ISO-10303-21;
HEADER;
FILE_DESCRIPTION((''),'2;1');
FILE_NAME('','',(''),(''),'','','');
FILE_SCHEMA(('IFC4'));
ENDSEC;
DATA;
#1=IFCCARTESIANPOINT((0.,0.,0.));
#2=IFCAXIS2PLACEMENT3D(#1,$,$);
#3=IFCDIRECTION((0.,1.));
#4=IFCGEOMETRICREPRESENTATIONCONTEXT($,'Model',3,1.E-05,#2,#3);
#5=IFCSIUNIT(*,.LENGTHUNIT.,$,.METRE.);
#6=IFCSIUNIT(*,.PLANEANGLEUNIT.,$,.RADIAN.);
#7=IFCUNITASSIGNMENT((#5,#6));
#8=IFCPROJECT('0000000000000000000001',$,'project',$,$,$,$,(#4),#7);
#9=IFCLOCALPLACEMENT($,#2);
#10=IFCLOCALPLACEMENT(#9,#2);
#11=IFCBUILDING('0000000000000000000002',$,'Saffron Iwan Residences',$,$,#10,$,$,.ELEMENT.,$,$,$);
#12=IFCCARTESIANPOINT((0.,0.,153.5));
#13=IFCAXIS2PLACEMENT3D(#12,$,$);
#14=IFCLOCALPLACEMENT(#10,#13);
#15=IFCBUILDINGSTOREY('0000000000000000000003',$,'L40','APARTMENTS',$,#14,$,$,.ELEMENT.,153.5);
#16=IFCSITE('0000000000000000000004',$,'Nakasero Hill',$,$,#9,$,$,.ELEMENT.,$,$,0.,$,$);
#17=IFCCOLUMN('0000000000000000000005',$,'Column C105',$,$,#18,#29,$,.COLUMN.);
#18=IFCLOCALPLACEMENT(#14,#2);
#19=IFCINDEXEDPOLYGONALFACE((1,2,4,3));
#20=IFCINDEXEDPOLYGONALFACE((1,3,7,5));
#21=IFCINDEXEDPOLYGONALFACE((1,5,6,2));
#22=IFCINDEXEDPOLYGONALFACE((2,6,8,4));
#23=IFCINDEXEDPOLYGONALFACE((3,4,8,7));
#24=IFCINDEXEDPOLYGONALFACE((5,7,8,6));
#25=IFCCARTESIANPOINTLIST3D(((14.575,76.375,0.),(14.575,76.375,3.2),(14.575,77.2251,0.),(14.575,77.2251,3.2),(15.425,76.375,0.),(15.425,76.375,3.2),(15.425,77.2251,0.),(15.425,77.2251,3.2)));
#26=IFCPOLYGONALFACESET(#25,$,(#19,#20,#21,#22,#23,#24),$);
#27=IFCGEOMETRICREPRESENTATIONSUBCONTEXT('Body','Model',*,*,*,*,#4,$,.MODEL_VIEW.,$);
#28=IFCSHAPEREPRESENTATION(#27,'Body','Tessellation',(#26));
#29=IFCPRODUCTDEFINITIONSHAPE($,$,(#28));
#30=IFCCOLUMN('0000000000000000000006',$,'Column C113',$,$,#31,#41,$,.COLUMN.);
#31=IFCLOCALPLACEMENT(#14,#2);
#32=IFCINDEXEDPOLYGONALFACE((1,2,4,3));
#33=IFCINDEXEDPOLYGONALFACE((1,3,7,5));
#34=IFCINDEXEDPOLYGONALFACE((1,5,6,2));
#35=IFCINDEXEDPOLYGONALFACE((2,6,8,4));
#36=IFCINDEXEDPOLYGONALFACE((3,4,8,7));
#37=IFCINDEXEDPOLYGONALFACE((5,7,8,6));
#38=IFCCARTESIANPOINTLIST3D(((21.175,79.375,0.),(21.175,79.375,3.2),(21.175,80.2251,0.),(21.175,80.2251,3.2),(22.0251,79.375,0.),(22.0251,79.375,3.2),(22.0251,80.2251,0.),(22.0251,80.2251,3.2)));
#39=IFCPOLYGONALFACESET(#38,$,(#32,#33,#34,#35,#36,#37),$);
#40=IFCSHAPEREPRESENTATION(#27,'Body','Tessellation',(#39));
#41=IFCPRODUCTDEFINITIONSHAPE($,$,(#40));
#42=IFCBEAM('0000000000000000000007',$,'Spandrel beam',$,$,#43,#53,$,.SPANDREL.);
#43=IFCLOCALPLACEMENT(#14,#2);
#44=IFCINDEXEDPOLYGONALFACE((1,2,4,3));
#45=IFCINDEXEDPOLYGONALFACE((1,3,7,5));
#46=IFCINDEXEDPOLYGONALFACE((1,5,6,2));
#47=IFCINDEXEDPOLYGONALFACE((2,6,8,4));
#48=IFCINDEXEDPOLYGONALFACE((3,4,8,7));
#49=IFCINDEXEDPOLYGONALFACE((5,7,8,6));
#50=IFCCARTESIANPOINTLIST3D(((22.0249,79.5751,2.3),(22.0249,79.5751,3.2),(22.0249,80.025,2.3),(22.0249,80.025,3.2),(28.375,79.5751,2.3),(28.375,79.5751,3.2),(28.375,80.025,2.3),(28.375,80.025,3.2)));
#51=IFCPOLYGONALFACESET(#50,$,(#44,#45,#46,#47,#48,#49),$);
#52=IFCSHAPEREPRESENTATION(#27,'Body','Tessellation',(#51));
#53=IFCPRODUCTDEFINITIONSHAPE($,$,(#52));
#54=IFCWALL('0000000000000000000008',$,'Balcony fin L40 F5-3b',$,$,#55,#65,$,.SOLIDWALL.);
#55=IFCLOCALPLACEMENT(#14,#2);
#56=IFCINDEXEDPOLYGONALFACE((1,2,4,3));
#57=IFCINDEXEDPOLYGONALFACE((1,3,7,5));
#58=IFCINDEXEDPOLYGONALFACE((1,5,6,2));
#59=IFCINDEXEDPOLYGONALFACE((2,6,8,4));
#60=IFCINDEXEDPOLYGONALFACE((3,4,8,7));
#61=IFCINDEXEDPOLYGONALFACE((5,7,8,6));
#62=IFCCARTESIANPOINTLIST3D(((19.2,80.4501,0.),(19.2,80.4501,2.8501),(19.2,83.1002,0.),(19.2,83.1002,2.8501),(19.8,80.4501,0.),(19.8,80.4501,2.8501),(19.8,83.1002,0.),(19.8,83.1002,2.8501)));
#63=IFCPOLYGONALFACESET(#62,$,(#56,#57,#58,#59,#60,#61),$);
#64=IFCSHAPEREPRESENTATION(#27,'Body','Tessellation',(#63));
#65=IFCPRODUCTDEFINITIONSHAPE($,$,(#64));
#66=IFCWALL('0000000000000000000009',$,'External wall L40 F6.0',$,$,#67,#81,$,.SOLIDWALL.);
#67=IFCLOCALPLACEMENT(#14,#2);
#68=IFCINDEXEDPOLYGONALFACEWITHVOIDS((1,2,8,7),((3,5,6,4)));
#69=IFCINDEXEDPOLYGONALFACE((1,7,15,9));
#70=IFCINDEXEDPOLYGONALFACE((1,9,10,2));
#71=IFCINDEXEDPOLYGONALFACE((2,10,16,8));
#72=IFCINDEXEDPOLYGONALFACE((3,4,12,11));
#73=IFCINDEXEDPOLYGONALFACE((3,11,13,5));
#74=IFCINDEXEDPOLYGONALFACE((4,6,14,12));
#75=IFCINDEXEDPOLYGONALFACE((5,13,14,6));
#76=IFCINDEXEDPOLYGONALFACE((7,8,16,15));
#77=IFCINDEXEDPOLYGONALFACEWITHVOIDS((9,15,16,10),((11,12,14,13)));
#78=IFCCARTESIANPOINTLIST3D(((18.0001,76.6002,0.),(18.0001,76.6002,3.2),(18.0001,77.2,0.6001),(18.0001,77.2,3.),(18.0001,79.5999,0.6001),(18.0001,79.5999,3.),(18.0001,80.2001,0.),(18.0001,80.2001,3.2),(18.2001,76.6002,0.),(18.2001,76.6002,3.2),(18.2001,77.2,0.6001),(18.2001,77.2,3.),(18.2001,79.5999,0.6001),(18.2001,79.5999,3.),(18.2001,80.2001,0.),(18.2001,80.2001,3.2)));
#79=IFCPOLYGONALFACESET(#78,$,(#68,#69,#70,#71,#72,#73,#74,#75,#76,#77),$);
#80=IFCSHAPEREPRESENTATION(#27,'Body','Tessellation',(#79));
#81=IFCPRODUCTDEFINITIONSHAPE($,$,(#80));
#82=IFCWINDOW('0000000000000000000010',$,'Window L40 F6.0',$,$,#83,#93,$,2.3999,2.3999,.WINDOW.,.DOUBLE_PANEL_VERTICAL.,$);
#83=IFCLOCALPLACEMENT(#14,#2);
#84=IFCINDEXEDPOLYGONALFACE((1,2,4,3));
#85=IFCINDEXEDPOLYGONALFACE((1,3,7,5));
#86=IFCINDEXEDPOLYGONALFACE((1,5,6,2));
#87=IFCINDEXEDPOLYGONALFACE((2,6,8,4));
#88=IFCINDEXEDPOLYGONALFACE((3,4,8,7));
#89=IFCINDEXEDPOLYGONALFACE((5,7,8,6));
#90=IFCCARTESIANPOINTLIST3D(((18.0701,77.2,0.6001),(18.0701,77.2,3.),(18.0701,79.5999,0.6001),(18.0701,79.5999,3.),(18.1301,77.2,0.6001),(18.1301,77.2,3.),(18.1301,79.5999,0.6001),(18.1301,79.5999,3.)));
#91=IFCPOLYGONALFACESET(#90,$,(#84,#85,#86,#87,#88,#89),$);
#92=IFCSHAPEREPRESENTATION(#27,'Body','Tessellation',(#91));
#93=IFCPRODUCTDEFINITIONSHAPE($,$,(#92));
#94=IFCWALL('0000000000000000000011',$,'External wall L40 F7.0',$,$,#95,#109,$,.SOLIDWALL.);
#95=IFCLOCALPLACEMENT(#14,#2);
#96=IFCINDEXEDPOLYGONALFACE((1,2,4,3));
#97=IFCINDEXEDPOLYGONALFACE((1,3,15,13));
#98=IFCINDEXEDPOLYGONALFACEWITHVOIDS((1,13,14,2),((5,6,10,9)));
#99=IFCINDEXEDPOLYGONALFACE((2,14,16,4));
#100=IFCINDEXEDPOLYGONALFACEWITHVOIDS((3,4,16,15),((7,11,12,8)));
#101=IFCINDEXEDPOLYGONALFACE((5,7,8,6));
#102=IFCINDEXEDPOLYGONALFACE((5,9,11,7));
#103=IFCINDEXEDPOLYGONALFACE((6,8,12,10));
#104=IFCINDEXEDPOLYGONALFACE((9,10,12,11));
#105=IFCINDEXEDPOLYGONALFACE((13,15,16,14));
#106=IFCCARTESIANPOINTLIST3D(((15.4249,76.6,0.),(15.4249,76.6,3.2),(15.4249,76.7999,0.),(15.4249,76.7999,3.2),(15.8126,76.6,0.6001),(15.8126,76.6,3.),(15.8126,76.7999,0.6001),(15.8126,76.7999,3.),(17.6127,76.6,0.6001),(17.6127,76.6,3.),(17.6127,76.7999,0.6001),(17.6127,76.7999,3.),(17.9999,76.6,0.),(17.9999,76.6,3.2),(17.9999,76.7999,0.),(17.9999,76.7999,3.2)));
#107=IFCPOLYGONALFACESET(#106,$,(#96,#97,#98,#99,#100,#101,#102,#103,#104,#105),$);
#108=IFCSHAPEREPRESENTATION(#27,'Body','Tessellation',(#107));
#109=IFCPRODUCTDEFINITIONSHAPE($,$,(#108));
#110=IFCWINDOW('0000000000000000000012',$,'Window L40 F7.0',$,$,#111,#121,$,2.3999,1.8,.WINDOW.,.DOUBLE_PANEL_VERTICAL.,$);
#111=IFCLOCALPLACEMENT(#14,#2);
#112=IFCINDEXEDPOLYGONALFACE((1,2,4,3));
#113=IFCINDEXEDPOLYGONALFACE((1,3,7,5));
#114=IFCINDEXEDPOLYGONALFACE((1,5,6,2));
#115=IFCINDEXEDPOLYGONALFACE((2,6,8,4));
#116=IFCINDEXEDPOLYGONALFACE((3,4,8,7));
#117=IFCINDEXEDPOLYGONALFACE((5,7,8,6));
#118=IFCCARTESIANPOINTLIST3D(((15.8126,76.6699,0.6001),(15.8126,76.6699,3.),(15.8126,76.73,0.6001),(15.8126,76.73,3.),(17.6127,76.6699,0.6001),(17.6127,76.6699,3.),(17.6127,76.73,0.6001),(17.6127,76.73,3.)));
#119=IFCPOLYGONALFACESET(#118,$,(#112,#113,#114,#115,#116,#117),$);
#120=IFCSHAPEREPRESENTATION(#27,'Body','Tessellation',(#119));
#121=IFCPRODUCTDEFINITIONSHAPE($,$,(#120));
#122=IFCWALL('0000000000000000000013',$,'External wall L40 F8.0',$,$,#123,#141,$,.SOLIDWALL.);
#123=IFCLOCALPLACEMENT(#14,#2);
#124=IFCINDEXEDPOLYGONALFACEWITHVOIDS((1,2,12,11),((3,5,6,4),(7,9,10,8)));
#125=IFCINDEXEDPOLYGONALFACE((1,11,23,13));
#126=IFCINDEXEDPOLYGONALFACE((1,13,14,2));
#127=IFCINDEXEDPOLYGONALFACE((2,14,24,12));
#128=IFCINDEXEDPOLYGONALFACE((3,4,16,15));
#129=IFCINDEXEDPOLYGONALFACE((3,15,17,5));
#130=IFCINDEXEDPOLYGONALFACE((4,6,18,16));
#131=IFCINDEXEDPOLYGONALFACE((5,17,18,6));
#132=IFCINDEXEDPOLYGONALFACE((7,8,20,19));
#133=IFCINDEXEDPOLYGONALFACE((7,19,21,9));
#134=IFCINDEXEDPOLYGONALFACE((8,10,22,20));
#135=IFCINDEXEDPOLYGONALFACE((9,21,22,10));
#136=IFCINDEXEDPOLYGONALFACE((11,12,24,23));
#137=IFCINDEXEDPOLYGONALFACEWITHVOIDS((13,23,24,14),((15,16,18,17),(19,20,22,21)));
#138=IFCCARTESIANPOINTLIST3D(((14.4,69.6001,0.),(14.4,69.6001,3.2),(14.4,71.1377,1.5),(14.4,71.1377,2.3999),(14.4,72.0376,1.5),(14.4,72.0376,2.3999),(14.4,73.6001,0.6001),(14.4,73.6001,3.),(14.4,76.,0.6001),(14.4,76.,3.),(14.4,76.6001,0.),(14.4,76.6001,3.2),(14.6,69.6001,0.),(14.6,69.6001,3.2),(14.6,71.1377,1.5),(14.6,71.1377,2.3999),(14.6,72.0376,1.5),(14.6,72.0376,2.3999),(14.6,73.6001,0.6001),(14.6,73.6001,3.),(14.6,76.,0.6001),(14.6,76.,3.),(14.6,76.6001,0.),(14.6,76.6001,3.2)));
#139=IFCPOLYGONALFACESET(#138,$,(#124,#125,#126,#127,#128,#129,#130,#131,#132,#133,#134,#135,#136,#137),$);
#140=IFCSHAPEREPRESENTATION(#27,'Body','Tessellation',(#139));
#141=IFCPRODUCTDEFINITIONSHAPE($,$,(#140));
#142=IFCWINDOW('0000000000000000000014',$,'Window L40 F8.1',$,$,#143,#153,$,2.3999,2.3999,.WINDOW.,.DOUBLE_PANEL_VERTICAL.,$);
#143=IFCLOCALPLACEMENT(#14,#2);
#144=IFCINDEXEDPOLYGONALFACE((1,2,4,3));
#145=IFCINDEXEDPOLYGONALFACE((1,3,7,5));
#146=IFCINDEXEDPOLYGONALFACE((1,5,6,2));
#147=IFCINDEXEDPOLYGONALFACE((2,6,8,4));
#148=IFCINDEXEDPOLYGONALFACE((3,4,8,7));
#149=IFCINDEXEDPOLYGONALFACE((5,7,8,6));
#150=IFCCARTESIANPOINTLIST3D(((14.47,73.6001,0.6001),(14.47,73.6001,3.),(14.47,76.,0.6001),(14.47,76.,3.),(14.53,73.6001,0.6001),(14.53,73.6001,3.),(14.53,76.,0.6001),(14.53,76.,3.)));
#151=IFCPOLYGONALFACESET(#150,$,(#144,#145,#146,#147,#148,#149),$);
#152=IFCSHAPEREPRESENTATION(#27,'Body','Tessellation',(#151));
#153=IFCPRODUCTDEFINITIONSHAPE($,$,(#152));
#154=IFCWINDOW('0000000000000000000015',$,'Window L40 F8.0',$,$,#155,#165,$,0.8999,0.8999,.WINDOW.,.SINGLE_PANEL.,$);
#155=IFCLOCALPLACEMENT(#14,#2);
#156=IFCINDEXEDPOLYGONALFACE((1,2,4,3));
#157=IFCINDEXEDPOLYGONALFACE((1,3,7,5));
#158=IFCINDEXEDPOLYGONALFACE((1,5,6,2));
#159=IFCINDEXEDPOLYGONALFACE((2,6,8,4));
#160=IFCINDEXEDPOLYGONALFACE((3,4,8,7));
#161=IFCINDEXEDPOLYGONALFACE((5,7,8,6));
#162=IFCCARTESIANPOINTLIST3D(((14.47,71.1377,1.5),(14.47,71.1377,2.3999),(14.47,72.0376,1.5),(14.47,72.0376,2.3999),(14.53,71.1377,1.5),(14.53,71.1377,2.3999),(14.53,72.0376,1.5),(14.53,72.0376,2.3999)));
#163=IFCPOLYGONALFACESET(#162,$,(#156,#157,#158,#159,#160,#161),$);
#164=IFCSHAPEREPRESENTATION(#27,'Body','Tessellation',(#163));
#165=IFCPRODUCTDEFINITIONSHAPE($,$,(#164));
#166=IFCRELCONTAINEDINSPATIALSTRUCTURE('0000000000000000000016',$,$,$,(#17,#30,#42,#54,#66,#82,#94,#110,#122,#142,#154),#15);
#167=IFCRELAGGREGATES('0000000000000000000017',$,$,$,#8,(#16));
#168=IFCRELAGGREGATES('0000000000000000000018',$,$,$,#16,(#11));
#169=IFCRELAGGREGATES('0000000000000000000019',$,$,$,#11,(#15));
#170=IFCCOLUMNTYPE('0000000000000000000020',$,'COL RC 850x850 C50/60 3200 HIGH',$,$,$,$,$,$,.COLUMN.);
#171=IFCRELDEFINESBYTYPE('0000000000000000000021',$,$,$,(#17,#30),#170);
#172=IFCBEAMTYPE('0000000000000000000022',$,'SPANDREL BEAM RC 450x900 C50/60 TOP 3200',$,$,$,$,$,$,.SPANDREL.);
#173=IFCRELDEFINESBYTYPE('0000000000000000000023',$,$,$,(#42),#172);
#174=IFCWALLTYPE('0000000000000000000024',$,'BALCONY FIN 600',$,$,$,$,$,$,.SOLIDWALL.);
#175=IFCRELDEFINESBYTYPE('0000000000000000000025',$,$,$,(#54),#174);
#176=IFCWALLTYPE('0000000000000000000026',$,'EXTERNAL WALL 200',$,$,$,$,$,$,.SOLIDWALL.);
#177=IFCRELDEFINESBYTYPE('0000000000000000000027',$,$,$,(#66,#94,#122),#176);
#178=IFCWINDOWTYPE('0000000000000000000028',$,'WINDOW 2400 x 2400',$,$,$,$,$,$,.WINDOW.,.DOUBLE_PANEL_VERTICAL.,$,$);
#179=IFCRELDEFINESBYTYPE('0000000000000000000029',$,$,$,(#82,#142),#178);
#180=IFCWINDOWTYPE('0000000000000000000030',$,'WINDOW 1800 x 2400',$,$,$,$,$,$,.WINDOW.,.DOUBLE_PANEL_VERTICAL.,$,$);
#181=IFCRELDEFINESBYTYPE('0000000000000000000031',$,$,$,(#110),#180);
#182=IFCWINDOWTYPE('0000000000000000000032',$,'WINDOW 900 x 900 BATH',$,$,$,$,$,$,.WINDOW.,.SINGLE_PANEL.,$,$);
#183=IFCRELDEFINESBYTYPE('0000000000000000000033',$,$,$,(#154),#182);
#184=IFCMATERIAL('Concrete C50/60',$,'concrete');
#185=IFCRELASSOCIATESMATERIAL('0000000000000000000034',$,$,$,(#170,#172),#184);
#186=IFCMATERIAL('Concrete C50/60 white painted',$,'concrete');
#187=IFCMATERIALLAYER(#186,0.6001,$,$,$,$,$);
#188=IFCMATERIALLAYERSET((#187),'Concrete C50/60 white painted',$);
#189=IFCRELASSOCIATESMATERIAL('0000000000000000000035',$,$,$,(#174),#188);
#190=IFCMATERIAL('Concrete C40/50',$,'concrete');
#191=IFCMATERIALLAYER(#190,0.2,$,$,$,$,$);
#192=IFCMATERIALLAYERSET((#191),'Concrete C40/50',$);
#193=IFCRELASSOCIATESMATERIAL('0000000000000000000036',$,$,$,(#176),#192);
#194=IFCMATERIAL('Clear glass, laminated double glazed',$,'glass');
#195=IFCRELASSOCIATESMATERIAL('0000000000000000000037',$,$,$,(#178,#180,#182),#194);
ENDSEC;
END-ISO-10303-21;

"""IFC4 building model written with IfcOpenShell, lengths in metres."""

from ifc_helpers import new_model, si_unit, direction, frame, frame_2d, origin, origin_2d, place, context, subcontext, project, spatial, rectangle, extrude, source, transform, mapped, material, layer, layer_set, material_profile, profile_set, type_object, element, fill, save


model = new_model("IFC4")

# Units and contexts
model_context = context("Model", 3, precision=1e-05, world=origin(), true_north=direction((0.0, 1.0)))
body_context = subcontext(model_context, "Body", "Model", "MODEL_VIEW")
ifc_project = project(units=[si_unit("LENGTHUNIT", "METRE"), si_unit("PLANEANGLEUNIT", "RADIAN")], contexts=[model_context])

# Site, building, storey
site_placement = place(None, origin())
site = spatial("IfcSite", under=ifc_project, at=site_placement, Name="Nakasero Hill", CompositionType="ELEMENT", RefElevation=0.0)
building_placement = place(site_placement, origin())
building = spatial("IfcBuilding", under=site, at=building_placement, Name="Saffron Iwan Residences", CompositionType="ELEMENT")
storey_placement = place(building_placement, frame((0.0, 0.0, 153.5)))
storey = spatial("IfcBuildingStorey", under=building, at=storey_placement, Name="L40", Description="APARTMENTS", CompositionType="ELEMENT", Elevation=153.5)

# Columns
ifc_material_1 = material(Name="Concrete C50/60", Category="concrete")
ifc_material_profile_1 = material_profile(ifc_material_1, rectangle(XDim=0.8501, YDim=0.8501, at=origin_2d()), Name="RC 850x850")
ifc_profile_set_1 = profile_set([ifc_material_profile_1], Name="Concrete C50/60")
column_type = type_object("IfcColumnType", Name="COL RC 850x850 C50/60 3200 HIGH", PredefinedType="COLUMN", material=ifc_profile_set_1)
shared_shape_1 = source(origin(), body_context, "Body", "SweptSolid", [
    extrude(rectangle(XDim=0.8501, YDim=0.8501, at=origin_2d()), origin(), (0.0, 0.0, 1.0), 3.2),
])
for number, where, z_axis, x_axis, name in (
    (1, (15.0, 76.8, 0.0), (0.0, 0.0, 1.0), (1.0, 0.0, 0.0), "Column C105"),
    (2, (21.6001, 79.8, 0.0), (0.0, 0.0, 1.0), (1.0, 0.0, 0.0), "Column C113"),
):
    element("IfcColumn", number, at=place(storey_placement, frame(where, z_axis=z_axis, x_axis=x_axis)), inside=storey, type_object=column_type, Name=name, PredefinedType="COLUMN", context=body_context, shape_type="MappedRepresentation", body=[
        mapped(shared_shape_1, transform((0.0, 0.0, 0.0))),
    ])

# Beam
ifc_material_profile_2 = material_profile(ifc_material_1, rectangle(XDim=0.45, YDim=0.8999, at=origin_2d()), Name="RC 450x900")
ifc_profile_set_2 = profile_set([ifc_material_profile_2], Name="Concrete C50/60")
beam_type = type_object("IfcBeamType", Name="SPANDREL BEAM RC 450x900 C50/60 TOP 3200", PredefinedType="SPANDREL", material=ifc_profile_set_2)
shared_shape_2 = source(origin(), body_context, "Body", "SweptSolid", [
    extrude(rectangle(XDim=0.45, YDim=0.8999, at=origin_2d()), origin(), (0.0, 0.0, 1.0), 6.3501),
])
beam_placement = place(storey_placement, frame((22.0249, 79.8, 2.75), z_axis=(1.0, 0.0, 0.0), x_axis=(0.0, 1.0, 0.0)))
element("IfcBeam", 3, at=beam_placement, inside=storey, type_object=beam_type, Name="Spandrel beam", PredefinedType="SPANDREL", context=body_context, shape_type="MappedRepresentation", body=[
    mapped(shared_shape_2, transform((0.0, 0.0, 0.0))),
])

# Wall
ifc_material_2 = material(Name="Concrete C50/60 white painted", Category="concrete")
ifc_layer_1 = layer(ifc_material_2, 0.6001)
ifc_layer_set_1 = layer_set([ifc_layer_1], Name="Concrete C50/60 white painted")
wall_type_1 = type_object("IfcWallType", Name="BALCONY FIN 600", PredefinedType="SOLIDWALL", material=ifc_layer_set_1)
wall_1_placement = place(storey_placement, frame((19.5, 80.45, 0.0), z_axis=(0.0, 0.0, 1.0), x_axis=(0.0, 1.0, 0.0)))
element("IfcWall", 4, at=wall_1_placement, inside=storey, type_object=wall_type_1, Name="Balcony fin L40 F5-3b", PredefinedType="SOLIDWALL", context=body_context, shape_type="SweptSolid", body=[
    extrude(rectangle(XDim=2.6501, YDim=0.6001, at=frame_2d((1.3252, 0.0))), origin(), (0.0, 0.0, 1.0), 2.8501),
])

# Walls, openings, windows
ifc_material_3 = material(Name="Concrete C40/50", Category="concrete")
ifc_layer_2 = layer(ifc_material_3, 0.2)
ifc_layer_set_2 = layer_set([ifc_layer_2], Name="Concrete C40/50")
wall_type_2 = type_object("IfcWallType", Name="EXTERNAL WALL 200", PredefinedType="SOLIDWALL", material=ifc_layer_set_2)
wall_2_placement = place(storey_placement, frame((18.1001, 80.2, 0.0), z_axis=(0.0, 0.0, 1.0), x_axis=(0.0, -1.0, 0.0)))
wall_2 = element("IfcWall", 5, at=wall_2_placement, inside=storey, type_object=wall_type_2, Name="External wall L40 F6.0", PredefinedType="SOLIDWALL", context=body_context, shape_type="SweptSolid", body=[
    extrude(rectangle(XDim=3.5999, YDim=0.2, at=frame_2d((1.7998, 0.0))), origin(), (0.0, 0.0, 1.0), 3.2),
])
opening_1_placement = place(wall_2_placement, frame((0.6001, 0.0, 0.6001)))
opening_1 = element("IfcOpeningElement", 6, at=opening_1_placement, cuts=wall_2, PredefinedType="OPENING", context=body_context, shape_type="SweptSolid", body=[
    extrude(rectangle(XDim=2.3999, YDim=2.3999, at=frame_2d((1.2, 1.2))), frame((0.0, 0.1099, 0.0), z_axis=(0.0, -1.0, 0.0), x_axis=(1.0, 0.0, 0.0)), (0.0, 0.0, 1.0), 0.22),
])
ifc_material_4 = material(Name="Clear glass, laminated double glazed", Category="glass")
window_type_1 = type_object("IfcWindowType", Name="WINDOW 2400 x 2400", PartitioningType="DOUBLE_PANEL_VERTICAL", PredefinedType="WINDOW", material=ifc_material_4)
window_1_placement = place(opening_1_placement, origin())
window_1 = element("IfcWindow", 7, at=window_1_placement, inside=storey, type_object=window_type_1, Name="Window L40 F6.0", OverallHeight=2.3999, OverallWidth=2.3999, PartitioningType="DOUBLE_PANEL_VERTICAL", PredefinedType="WINDOW", context=body_context, shape_type="SweptSolid", body=[
    extrude(rectangle(XDim=2.3999, YDim=2.3999, at=frame_2d((1.2, 1.2))), frame((0.0, 0.03, 0.0), z_axis=(0.0, -1.0, 0.0), x_axis=(1.0, 0.0, 0.0)), (0.0, 0.0, 1.0), 0.0601),
])
fill(opening_1, window_1)
wall_3_placement = place(storey_placement, frame((18.0, 76.7, 0.0), z_axis=(0.0, 0.0, 1.0), x_axis=(-1.0, 0.0, 0.0)))
wall_3 = element("IfcWall", 8, at=wall_3_placement, inside=storey, type_object=wall_type_2, Name="External wall L40 F7.0", PredefinedType="SOLIDWALL", context=body_context, shape_type="SweptSolid", body=[
    extrude(rectangle(XDim=2.575, YDim=0.2, at=frame_2d((1.2876, 0.0))), origin(), (0.0, 0.0, 1.0), 3.2),
])
opening_2_placement = place(wall_3_placement, frame((0.3875, 0.0, 0.6001)))
opening_2 = element("IfcOpeningElement", 9, at=opening_2_placement, cuts=wall_3, PredefinedType="OPENING", context=body_context, shape_type="SweptSolid", body=[
    extrude(rectangle(XDim=1.8, YDim=2.3999, at=frame_2d((0.8999, 1.2))), frame((0.0, 0.1099, 0.0), z_axis=(0.0, -1.0, 0.0), x_axis=(1.0, 0.0, 0.0)), (0.0, 0.0, 1.0), 0.22),
])
window_type_2 = type_object("IfcWindowType", Name="WINDOW 1800 x 2400", PartitioningType="DOUBLE_PANEL_VERTICAL", PredefinedType="WINDOW", material=ifc_material_4)
window_2_placement = place(opening_2_placement, origin())
window_2 = element("IfcWindow", 10, at=window_2_placement, inside=storey, type_object=window_type_2, Name="Window L40 F7.0", OverallHeight=2.3999, OverallWidth=1.8, PartitioningType="DOUBLE_PANEL_VERTICAL", PredefinedType="WINDOW", context=body_context, shape_type="SweptSolid", body=[
    extrude(rectangle(XDim=1.8, YDim=2.3999, at=frame_2d((0.8999, 1.2))), frame((0.0, 0.03, 0.0), z_axis=(0.0, -1.0, 0.0), x_axis=(1.0, 0.0, 0.0)), (0.0, 0.0, 1.0), 0.0601),
])
fill(opening_2, window_2)

# Wall, openings, windows
wall_4_placement = place(storey_placement, frame((14.5, 76.6001, 0.0), z_axis=(0.0, 0.0, 1.0), x_axis=(0.0, -1.0, 0.0)))
wall_4 = element("IfcWall", 11, at=wall_4_placement, inside=storey, type_object=wall_type_2, Name="External wall L40 F8.0", PredefinedType="SOLIDWALL", context=body_context, shape_type="SweptSolid", body=[
    extrude(rectangle(XDim=7.0, YDim=0.2, at=frame_2d((3.5, 0.0))), origin(), (0.0, 0.0, 1.0), 3.2),
])
opening_3_placement = place(wall_4_placement, frame((4.5625, 0.0, 1.5)))
opening_3 = element("IfcOpeningElement", 12, at=opening_3_placement, cuts=wall_4, PredefinedType="OPENING", context=body_context, shape_type="SweptSolid", body=[
    extrude(rectangle(XDim=0.8999, YDim=0.8999, at=frame_2d((0.45, 0.45))), frame((0.0, 0.1099, 0.0), z_axis=(0.0, -1.0, 0.0), x_axis=(1.0, 0.0, 0.0)), (0.0, 0.0, 1.0), 0.22),
])
opening_4_placement = place(wall_4_placement, frame((0.6001, 0.0, 0.6001)))
opening_4 = element("IfcOpeningElement", 13, at=opening_4_placement, cuts=wall_4, PredefinedType="OPENING", context=body_context, shape_type="SweptSolid", body=[
    extrude(rectangle(XDim=2.3999, YDim=2.3999, at=frame_2d((1.2, 1.2))), frame((0.0, 0.1099, 0.0), z_axis=(0.0, -1.0, 0.0), x_axis=(1.0, 0.0, 0.0)), (0.0, 0.0, 1.0), 0.22),
])
window_3_placement = place(opening_4_placement, origin())
window_3 = element("IfcWindow", 14, at=window_3_placement, inside=storey, type_object=window_type_1, Name="Window L40 F8.1", OverallHeight=2.3999, OverallWidth=2.3999, PartitioningType="DOUBLE_PANEL_VERTICAL", PredefinedType="WINDOW", context=body_context, shape_type="SweptSolid", body=[
    extrude(rectangle(XDim=2.3999, YDim=2.3999, at=frame_2d((1.2, 1.2))), frame((0.0, 0.03, 0.0), z_axis=(0.0, -1.0, 0.0), x_axis=(1.0, 0.0, 0.0)), (0.0, 0.0, 1.0), 0.0601),
])
fill(opening_4, window_3)
window_type_3 = type_object("IfcWindowType", Name="WINDOW 900 x 900 BATH", PartitioningType="SINGLE_PANEL", PredefinedType="WINDOW", material=ifc_material_4)
window_4_placement = place(opening_3_placement, origin())
window_4 = element("IfcWindow", 15, at=window_4_placement, inside=storey, type_object=window_type_3, Name="Window L40 F8.0", OverallHeight=0.8999, OverallWidth=0.8999, PartitioningType="SINGLE_PANEL", PredefinedType="WINDOW", context=body_context, shape_type="SweptSolid", body=[
    extrude(rectangle(XDim=0.8999, YDim=0.8999, at=frame_2d((0.45, 0.45))), frame((0.0, 0.03, 0.0), z_axis=(0.0, -1.0, 0.0), x_axis=(1.0, 0.0, 0.0)), (0.0, 0.0, 1.0), 0.0601),
])
fill(opening_3, window_4)

save(model, "model.ifc")
